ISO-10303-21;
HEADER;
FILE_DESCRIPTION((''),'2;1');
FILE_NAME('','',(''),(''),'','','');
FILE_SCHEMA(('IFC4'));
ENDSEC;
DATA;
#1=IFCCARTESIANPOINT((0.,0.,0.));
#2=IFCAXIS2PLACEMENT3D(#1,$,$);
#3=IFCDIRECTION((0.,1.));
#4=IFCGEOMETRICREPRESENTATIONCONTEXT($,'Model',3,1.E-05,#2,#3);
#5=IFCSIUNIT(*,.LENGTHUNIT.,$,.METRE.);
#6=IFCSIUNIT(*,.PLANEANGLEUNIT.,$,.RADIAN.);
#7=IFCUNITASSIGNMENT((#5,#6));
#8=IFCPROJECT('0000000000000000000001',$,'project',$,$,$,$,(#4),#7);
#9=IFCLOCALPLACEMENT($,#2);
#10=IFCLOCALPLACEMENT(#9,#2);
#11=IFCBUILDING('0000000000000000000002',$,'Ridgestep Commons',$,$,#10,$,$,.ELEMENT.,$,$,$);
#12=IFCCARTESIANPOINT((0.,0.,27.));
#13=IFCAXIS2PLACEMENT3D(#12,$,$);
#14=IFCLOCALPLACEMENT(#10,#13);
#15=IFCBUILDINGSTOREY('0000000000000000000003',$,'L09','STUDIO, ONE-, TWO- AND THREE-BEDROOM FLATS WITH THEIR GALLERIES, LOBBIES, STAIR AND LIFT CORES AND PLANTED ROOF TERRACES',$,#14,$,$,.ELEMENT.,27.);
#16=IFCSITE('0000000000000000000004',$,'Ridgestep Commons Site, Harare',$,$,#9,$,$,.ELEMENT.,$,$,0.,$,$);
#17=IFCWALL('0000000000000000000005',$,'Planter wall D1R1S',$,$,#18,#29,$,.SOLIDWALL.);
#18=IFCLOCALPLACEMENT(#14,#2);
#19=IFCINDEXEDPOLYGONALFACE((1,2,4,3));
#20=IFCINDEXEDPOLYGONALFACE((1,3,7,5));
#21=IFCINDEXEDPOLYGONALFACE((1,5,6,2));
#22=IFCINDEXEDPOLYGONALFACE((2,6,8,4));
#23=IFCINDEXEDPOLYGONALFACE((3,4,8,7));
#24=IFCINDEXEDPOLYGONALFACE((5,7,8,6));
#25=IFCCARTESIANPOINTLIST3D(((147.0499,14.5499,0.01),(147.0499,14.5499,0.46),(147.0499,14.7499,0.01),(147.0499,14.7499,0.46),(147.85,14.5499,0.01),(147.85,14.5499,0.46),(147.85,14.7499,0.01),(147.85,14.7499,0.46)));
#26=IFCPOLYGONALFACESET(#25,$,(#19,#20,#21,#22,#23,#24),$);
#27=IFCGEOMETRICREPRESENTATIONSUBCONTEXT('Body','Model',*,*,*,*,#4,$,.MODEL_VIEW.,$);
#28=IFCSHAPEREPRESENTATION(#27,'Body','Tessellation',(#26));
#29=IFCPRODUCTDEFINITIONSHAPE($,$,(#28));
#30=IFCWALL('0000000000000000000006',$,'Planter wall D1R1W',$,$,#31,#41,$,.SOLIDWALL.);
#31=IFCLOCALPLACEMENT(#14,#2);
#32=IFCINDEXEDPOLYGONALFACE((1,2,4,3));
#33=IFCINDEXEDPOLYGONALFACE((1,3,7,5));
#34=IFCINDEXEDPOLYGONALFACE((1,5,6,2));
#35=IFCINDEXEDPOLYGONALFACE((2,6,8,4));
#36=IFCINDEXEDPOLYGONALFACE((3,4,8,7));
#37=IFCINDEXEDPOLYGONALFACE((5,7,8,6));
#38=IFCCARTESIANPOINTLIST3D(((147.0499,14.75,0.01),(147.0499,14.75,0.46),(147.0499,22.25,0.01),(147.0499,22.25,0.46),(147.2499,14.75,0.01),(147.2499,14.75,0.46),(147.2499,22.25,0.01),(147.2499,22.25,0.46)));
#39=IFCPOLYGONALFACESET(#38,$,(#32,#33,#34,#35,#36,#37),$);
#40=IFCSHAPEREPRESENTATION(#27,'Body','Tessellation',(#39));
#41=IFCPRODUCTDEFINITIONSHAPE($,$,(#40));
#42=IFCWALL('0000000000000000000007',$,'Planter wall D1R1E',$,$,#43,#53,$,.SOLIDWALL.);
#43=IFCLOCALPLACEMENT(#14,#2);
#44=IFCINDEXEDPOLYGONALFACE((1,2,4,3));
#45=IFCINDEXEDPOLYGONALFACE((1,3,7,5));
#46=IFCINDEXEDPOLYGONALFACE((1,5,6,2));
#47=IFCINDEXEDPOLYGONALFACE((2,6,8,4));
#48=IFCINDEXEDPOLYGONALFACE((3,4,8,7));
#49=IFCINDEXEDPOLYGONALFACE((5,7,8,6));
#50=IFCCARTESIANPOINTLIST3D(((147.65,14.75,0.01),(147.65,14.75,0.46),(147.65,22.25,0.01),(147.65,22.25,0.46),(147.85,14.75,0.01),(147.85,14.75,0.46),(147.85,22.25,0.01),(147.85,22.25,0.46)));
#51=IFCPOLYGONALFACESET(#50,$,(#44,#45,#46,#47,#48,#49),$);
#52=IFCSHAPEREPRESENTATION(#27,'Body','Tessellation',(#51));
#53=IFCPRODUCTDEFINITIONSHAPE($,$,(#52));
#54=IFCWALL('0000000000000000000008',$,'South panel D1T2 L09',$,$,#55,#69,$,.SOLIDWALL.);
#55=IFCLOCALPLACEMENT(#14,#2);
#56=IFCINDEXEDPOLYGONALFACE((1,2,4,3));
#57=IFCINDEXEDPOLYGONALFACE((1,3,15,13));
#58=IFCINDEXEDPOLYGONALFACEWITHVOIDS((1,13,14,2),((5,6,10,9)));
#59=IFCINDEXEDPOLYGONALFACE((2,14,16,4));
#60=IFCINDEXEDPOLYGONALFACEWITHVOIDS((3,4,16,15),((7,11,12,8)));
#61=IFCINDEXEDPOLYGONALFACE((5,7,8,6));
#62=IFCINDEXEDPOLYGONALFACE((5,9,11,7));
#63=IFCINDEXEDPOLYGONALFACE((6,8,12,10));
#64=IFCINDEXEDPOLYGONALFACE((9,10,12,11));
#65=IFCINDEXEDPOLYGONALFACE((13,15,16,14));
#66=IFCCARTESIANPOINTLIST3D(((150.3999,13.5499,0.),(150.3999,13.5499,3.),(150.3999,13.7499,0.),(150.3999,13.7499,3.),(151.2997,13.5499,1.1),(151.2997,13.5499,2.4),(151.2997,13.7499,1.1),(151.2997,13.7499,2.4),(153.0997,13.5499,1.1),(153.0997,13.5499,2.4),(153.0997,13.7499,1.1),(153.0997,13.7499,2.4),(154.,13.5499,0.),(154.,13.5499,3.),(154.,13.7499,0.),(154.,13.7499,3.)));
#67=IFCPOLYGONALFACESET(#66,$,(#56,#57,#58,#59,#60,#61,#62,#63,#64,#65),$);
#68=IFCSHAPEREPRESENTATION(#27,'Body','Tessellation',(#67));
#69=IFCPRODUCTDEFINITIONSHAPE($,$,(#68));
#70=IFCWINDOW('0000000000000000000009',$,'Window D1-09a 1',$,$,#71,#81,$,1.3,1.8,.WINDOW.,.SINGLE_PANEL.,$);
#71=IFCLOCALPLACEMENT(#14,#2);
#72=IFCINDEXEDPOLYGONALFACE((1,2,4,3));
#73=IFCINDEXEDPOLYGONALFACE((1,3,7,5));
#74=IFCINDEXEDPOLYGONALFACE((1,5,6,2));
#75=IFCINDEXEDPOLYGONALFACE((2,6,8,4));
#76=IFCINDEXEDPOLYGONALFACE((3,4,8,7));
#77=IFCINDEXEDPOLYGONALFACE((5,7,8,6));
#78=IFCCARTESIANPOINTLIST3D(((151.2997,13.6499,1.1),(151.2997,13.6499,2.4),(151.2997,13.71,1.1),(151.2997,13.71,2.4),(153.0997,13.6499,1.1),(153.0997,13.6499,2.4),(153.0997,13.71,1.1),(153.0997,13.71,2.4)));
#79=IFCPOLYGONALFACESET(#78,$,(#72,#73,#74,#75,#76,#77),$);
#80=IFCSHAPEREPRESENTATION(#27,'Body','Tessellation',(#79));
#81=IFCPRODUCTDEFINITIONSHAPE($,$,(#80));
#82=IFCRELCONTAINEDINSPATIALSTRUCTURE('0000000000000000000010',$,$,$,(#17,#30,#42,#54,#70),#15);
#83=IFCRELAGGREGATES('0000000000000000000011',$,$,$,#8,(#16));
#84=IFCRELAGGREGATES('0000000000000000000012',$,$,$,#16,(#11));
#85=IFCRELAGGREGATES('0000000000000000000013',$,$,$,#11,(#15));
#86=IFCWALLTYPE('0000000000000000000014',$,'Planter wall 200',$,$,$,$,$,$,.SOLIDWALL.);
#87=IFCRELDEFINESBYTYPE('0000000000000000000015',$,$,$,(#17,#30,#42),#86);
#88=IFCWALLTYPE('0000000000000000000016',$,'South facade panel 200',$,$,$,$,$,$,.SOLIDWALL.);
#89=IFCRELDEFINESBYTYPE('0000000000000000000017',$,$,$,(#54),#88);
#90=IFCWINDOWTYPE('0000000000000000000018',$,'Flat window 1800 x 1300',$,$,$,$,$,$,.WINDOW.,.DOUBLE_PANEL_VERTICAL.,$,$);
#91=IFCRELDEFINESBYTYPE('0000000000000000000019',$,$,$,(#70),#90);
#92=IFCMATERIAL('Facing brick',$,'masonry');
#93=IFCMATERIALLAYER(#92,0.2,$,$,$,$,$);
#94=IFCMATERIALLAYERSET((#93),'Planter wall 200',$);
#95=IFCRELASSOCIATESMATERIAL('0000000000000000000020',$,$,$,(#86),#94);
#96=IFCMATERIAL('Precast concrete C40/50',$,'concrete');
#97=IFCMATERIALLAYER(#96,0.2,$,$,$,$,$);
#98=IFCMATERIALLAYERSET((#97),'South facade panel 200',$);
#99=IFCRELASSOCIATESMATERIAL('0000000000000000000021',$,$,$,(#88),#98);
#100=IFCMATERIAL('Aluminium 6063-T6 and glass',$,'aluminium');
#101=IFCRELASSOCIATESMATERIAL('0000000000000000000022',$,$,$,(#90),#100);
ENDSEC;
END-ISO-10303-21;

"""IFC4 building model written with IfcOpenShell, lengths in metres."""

from ifc_helpers import new_model, si_unit, direction, frame, frame_2d, origin, place, context, subcontext, project, spatial, rectangle, extrude, material, layer, layer_set, type_object, element, fill, save


model = new_model("IFC4")

# Units and contexts
model_context = context("Model", 3, precision=1e-05, world=origin(), true_north=direction((0.0, 1.0)))
body_context = subcontext(model_context, "Body", "Model", "MODEL_VIEW")
ifc_project = project(units=[si_unit("LENGTHUNIT", "METRE"), si_unit("PLANEANGLEUNIT", "RADIAN")], contexts=[model_context])

# Site, building, storey
site_placement = place(None, origin())
site = spatial("IfcSite", under=ifc_project, at=site_placement, Name="Ridgestep Commons Site, Harare", CompositionType="ELEMENT", RefElevation=0.0)
building_placement = place(site_placement, origin())
building = spatial("IfcBuilding", under=site, at=building_placement, Name="Ridgestep Commons", CompositionType="ELEMENT")
storey_placement = place(building_placement, frame((0.0, 0.0, 27.0)))
storey = spatial("IfcBuildingStorey", under=building, at=storey_placement, Name="L09", Description="STUDIO, ONE-, TWO- AND THREE-BEDROOM FLATS WITH THEIR GALLERIES, LOBBIES, STAIR AND LIFT CORES AND PLANTED ROOF TERRACES", CompositionType="ELEMENT", Elevation=27.0)

# Walls
ifc_material_1 = material(Name="Facing brick", Category="masonry")
ifc_layer_1 = layer(ifc_material_1, 0.2)
ifc_layer_set_1 = layer_set([ifc_layer_1], Name="Planter wall 200")
wall_type_1 = type_object("IfcWallType", Name="Planter wall 200", PredefinedType="SOLIDWALL", material=ifc_layer_set_1)
wall_1_placement = place(storey_placement, frame((147.05, 14.6499, 0.01), z_axis=(0.0, 0.0, 1.0), x_axis=(1.0, 0.0, 0.0)))
element("IfcWall", 1, at=wall_1_placement, inside=storey, type_object=wall_type_1, Name="Planter wall D1R1S", PredefinedType="SOLIDWALL", context=body_context, shape_type="SweptSolid", body=[
    extrude(rectangle(XDim=0.8, YDim=0.2, at=frame_2d((0.3999, 0.0))), origin(), (0.0, 0.0, 1.0), 0.45),
])
for number, where, z_axis, x_axis, name in (
    (2, (147.1499, 14.75, 0.01), (0.0, 0.0, 1.0), (0.0, 1.0, 0.0), "Planter wall D1R1W"),
    (3, (147.75, 14.75, 0.01), (0.0, 0.0, 1.0), (0.0, 1.0, 0.0), "Planter wall D1R1E"),
):
    element("IfcWall", number, at=place(storey_placement, frame(where, z_axis=z_axis, x_axis=x_axis)), inside=storey, type_object=wall_type_1, Name=name, PredefinedType="SOLIDWALL", context=body_context, shape_type="SweptSolid", body=[
        extrude(rectangle(XDim=7.5, YDim=0.2, at=frame_2d((3.75, 0.0))), origin(), (0.0, 0.0, 1.0), 0.45),
    ])

# Wall, opening, window
ifc_material_2 = material(Name="Precast concrete C40/50", Category="concrete")
ifc_layer_2 = layer(ifc_material_2, 0.2)
ifc_layer_set_2 = layer_set([ifc_layer_2], Name="South facade panel 200")
wall_type_2 = type_object("IfcWallType", Name="South facade panel 200", PredefinedType="SOLIDWALL", material=ifc_layer_set_2)
wall_2_placement = place(storey_placement, frame((150.3999, 13.6499, 0.0), z_axis=(0.0, 0.0, 1.0), x_axis=(1.0, 0.0, 0.0)))
wall_2 = element("IfcWall", 4, at=wall_2_placement, inside=storey, type_object=wall_type_2, Name="South panel D1T2 L09", PredefinedType="SOLIDWALL", context=body_context, shape_type="SweptSolid", body=[
    extrude(rectangle(XDim=3.6001, YDim=0.2, at=frame_2d((1.8, 0.0))), origin(), (0.0, 0.0, 1.0), 3.0),
])
opening_1_placement = place(wall_2_placement, frame((0.8999, 0.0, 1.1001)))
opening_1 = element("IfcOpeningElement", 5, at=opening_1_placement, cuts=wall_2, PredefinedType="OPENING", context=body_context, shape_type="SweptSolid", body=[
    extrude(rectangle(XDim=1.8, YDim=1.3, at=frame_2d((0.8999, 0.6499))), frame((0.0, 0.1099, 0.0), z_axis=(0.0, -1.0, 0.0), x_axis=(1.0, 0.0, 0.0)), (0.0, 0.0, 1.0), 0.22),
])
ifc_material_3 = material(Name="Aluminium 6063-T6 and glass", Category="aluminium")
window_type_1 = type_object("IfcWindowType", Name="Flat window 1800 x 1300", PartitioningType="DOUBLE_PANEL_VERTICAL", PredefinedType="WINDOW", material=ifc_material_3)
window_1_placement = place(opening_1_placement, origin())
window_1 = element("IfcWindow", 6, at=window_1_placement, inside=storey, type_object=window_type_1, Name="Window D1-09a 1", OverallHeight=1.3, OverallWidth=1.8, PartitioningType="SINGLE_PANEL", PredefinedType="WINDOW", context=body_context, shape_type="SweptSolid", body=[
    extrude(rectangle(XDim=1.8, YDim=1.3, at=frame_2d((0.8999, 0.6499))), frame((0.0, 0.0601, 0.0), z_axis=(0.0, -1.0, 0.0), x_axis=(1.0, 0.0, 0.0)), (0.0, 0.0, 1.0), 0.0601),
])
fill(opening_1, window_1)

save(model, "model.ifc")
